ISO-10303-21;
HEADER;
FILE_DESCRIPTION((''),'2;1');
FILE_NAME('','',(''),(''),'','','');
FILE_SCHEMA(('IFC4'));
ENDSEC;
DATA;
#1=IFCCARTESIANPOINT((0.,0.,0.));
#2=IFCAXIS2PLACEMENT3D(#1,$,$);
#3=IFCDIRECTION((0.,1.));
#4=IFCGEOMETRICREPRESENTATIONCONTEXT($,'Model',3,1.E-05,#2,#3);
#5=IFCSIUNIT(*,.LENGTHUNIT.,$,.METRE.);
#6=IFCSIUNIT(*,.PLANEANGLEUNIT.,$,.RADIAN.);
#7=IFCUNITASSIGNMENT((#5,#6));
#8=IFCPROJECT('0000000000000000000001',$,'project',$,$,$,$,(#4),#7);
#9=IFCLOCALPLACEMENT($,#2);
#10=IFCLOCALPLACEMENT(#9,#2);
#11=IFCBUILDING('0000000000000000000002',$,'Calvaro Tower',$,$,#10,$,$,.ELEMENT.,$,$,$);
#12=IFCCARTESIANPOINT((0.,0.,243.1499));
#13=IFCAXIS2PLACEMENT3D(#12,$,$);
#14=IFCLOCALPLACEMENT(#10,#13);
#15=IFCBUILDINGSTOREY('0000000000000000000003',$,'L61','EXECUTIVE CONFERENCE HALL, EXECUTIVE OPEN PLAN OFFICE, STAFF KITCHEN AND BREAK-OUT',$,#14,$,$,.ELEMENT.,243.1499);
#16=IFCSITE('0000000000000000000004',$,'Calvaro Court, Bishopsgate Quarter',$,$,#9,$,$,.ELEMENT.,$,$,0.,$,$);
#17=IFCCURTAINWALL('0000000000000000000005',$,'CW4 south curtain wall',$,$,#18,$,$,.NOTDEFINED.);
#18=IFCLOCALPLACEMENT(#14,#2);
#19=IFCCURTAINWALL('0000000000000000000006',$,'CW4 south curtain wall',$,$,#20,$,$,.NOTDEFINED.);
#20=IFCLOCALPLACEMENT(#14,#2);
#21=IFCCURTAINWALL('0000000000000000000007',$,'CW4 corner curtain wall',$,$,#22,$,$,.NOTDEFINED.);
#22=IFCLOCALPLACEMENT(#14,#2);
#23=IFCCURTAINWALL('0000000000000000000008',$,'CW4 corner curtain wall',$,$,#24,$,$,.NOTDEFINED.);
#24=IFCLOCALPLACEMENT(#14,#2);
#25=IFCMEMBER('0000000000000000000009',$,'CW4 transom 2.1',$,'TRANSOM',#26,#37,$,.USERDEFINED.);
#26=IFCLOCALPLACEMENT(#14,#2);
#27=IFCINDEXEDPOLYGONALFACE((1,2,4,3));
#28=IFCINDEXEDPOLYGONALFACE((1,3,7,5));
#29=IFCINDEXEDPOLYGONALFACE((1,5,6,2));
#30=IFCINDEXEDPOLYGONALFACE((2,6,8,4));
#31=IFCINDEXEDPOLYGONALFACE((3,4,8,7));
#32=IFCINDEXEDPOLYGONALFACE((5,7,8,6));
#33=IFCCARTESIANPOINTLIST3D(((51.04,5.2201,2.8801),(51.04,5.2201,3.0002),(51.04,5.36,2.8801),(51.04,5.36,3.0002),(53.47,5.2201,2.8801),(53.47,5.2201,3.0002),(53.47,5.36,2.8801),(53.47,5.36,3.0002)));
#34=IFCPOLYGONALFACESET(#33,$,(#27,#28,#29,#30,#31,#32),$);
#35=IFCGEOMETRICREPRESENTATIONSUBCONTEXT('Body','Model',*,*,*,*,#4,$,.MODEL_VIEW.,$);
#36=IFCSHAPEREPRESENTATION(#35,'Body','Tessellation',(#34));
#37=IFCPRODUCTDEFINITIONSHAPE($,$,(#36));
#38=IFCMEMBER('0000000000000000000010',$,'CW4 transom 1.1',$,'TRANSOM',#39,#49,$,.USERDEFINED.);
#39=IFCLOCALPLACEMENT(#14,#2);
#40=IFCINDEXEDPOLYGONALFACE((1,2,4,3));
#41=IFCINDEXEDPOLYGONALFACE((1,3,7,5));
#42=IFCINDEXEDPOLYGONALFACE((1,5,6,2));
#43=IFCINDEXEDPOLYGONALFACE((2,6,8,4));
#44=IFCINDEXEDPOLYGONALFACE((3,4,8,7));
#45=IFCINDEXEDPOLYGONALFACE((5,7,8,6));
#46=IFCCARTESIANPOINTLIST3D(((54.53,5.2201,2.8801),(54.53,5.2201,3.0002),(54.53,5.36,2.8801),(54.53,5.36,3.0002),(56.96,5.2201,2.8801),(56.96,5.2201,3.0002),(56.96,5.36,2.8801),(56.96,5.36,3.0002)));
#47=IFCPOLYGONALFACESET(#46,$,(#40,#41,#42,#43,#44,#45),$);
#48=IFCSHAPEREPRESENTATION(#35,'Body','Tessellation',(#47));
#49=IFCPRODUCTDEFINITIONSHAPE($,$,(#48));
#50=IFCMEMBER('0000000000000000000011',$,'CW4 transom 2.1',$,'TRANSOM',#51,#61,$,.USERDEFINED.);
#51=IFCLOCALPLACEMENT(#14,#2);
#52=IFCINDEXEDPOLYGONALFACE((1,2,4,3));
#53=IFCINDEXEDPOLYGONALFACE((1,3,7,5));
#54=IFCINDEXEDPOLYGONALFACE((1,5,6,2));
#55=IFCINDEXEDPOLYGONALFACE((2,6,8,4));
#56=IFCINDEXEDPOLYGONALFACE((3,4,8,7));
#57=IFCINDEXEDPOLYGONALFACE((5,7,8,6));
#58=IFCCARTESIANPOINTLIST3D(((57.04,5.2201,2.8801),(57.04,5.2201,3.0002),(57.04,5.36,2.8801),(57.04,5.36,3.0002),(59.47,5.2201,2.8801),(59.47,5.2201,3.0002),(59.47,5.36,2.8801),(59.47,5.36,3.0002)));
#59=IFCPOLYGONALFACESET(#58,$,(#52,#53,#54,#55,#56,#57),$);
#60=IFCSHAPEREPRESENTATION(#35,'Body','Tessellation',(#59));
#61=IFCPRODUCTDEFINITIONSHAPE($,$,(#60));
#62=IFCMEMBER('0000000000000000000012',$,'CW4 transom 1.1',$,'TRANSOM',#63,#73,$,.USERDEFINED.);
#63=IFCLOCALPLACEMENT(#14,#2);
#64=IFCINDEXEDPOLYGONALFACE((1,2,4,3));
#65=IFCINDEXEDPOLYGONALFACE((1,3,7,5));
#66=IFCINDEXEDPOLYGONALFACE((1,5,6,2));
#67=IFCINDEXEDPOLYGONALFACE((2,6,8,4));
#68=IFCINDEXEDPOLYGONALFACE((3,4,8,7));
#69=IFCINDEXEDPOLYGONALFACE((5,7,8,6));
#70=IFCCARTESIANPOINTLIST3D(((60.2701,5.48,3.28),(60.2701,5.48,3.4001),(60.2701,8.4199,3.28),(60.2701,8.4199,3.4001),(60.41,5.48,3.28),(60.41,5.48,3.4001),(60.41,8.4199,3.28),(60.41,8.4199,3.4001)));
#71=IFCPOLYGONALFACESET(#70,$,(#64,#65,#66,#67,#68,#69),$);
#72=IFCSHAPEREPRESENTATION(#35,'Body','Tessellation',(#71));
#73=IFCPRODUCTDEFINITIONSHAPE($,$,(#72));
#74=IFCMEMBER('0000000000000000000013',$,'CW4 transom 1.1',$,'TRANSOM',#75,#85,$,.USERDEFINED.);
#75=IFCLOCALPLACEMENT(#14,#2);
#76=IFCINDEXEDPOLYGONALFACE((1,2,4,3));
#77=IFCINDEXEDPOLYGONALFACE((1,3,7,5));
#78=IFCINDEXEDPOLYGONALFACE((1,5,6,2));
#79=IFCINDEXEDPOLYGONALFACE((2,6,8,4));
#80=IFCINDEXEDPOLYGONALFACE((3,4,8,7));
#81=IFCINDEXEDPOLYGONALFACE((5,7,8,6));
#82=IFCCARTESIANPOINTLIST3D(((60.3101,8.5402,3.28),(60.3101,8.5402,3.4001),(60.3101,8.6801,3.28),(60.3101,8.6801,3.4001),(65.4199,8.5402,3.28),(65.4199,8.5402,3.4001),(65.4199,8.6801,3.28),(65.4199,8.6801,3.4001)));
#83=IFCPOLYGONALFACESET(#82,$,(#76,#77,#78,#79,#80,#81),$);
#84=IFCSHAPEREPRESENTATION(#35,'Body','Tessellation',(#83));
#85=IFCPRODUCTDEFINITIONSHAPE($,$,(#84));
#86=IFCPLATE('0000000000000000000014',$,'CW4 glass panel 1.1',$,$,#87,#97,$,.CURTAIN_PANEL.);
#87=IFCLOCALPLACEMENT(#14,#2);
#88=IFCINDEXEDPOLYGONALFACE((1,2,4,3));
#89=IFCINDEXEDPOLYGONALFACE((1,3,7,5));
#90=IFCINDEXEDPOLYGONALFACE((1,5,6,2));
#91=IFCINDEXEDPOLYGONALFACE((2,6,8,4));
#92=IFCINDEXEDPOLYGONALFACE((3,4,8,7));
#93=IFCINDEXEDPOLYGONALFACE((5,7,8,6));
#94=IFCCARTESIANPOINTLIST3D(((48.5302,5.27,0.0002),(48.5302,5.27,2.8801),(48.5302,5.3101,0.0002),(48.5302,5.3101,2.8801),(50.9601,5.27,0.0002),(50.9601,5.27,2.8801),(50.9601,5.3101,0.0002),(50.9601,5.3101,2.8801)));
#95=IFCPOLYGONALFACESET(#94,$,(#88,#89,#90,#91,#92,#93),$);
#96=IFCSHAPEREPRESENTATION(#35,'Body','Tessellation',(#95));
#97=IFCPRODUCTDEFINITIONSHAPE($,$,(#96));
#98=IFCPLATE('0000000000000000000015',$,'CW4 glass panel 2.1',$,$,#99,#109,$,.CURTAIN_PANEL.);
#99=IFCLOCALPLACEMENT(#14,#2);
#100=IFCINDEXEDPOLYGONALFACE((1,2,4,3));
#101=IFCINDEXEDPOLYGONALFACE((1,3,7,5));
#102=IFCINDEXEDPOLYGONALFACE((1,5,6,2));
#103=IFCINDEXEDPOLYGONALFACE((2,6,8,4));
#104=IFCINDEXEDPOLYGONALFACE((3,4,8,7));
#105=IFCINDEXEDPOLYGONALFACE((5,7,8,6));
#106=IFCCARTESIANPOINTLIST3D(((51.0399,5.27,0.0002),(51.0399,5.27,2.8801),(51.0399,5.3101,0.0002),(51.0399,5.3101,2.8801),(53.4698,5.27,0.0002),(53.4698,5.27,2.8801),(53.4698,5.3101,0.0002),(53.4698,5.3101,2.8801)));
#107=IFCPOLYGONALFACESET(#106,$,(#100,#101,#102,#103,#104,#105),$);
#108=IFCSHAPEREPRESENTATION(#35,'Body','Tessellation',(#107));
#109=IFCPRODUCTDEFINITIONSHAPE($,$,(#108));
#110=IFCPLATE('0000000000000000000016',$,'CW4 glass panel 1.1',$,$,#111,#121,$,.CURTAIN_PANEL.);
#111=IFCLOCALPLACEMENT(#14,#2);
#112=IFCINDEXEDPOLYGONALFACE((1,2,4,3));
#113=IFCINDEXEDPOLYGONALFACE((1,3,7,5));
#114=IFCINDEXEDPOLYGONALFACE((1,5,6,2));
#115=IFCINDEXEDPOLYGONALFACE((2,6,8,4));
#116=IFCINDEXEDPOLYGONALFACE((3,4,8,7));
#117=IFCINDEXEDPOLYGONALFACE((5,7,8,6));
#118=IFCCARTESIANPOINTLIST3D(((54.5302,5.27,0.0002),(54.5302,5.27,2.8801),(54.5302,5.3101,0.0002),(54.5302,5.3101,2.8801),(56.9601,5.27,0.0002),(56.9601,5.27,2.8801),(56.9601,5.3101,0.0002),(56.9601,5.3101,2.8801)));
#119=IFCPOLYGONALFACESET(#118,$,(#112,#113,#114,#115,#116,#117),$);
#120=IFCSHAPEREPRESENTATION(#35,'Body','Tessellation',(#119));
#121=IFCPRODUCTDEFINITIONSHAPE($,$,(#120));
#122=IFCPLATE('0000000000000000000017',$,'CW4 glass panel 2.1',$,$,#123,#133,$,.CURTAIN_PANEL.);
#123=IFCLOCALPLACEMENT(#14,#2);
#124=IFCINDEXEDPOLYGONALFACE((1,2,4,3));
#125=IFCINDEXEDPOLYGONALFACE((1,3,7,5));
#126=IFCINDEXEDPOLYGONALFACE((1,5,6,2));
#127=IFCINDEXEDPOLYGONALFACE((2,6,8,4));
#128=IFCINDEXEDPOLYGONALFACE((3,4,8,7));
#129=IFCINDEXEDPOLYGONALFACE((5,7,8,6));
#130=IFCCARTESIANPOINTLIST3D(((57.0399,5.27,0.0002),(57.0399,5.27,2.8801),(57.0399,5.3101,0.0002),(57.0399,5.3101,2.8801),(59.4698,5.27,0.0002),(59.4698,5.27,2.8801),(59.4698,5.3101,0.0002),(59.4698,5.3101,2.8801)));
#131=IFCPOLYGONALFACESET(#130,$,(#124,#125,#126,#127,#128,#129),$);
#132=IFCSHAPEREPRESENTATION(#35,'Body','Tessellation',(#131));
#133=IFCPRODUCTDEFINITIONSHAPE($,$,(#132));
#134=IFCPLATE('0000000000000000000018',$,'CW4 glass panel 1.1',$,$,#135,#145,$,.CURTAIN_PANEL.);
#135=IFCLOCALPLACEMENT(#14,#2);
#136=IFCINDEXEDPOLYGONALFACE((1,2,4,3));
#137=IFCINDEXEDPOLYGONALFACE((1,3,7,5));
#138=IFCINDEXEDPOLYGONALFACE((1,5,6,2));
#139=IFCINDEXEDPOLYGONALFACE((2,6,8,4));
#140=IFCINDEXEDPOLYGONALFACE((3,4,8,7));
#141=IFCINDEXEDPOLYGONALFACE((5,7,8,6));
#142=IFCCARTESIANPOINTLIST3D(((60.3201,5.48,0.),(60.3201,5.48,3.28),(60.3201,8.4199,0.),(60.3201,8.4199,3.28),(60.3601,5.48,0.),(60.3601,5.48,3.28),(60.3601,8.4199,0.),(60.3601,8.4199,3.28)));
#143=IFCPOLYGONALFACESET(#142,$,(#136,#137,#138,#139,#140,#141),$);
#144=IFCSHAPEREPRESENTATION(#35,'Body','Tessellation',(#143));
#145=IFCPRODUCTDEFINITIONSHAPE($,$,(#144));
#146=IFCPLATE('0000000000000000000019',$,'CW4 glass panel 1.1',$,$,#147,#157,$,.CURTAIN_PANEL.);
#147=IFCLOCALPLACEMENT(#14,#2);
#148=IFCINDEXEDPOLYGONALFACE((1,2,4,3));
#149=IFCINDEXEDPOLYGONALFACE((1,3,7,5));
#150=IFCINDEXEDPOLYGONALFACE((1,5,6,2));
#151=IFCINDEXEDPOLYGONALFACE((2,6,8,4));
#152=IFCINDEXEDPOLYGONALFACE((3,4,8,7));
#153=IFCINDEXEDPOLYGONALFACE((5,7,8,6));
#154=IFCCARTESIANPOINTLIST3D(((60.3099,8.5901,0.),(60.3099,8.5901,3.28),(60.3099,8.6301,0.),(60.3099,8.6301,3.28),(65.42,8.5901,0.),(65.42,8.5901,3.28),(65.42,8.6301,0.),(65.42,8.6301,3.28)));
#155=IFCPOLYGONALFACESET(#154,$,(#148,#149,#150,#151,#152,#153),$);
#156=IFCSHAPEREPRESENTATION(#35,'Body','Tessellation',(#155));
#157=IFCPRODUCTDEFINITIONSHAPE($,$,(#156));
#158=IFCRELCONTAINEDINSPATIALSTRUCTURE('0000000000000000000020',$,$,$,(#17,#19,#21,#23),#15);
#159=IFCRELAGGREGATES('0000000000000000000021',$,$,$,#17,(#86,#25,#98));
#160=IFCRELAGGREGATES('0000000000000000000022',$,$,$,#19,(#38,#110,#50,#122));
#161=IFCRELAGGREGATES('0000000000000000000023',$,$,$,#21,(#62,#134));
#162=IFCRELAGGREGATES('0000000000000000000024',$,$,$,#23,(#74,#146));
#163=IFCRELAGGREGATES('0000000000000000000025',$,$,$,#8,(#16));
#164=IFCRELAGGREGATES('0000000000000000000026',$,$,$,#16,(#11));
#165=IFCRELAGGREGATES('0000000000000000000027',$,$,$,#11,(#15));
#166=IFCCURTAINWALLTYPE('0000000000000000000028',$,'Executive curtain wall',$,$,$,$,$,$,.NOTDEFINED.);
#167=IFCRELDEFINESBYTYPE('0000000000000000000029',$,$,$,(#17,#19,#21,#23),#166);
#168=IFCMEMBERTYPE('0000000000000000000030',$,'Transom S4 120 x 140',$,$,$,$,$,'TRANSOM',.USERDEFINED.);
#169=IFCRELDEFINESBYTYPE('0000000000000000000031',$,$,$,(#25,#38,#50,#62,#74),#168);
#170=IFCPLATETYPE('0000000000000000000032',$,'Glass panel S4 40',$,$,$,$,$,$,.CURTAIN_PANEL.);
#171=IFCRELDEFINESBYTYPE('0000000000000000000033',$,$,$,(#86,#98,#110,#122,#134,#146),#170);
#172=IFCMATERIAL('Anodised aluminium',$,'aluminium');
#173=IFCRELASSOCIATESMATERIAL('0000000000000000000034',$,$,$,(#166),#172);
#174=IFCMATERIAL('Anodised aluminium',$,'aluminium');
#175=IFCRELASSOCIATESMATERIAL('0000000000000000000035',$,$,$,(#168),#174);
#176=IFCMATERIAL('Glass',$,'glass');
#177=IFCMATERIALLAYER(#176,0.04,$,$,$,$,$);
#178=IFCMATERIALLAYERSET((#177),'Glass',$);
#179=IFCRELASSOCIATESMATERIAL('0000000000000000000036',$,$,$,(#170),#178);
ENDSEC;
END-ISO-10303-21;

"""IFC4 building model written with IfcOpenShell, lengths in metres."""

from ifc_helpers import new_model, si_unit, direction, frame, origin, origin_2d, place, context, subcontext, project, spatial, rectangle, extrude, material, layer, layer_set, material_profile, profile_set, type_object, element, aggregate, save


model = new_model("IFC4")

# Units and contexts
model_context = context("Model", 3, precision=1e-05, world=origin(), true_north=direction((0.0, 1.0)))
body_context = subcontext(model_context, "Body", "Model", "MODEL_VIEW")
ifc_project = project(units=[si_unit("LENGTHUNIT", "METRE"), si_unit("PLANEANGLEUNIT", "RADIAN")], contexts=[model_context])

# Site, building, storey
site_placement = place(None, origin())
site = spatial("IfcSite", under=ifc_project, at=site_placement, Name="Calvaro Court, Bishopsgate Quarter", CompositionType="ELEMENT", RefElevation=0.0)
building_placement = place(site_placement, origin())
building = spatial("IfcBuilding", under=site, at=building_placement, Name="Calvaro Tower", CompositionType="ELEMENT")
storey_placement = place(building_placement, frame((0.0, 0.0, 243.1499)))
storey = spatial("IfcBuildingStorey", under=building, at=storey_placement, Name="L61", Description="EXECUTIVE CONFERENCE HALL, EXECUTIVE OPEN PLAN OFFICE, STAFF KITCHEN AND BREAK-OUT", CompositionType="ELEMENT", Elevation=243.1499)

# Curtain walls
ifc_material_1 = material(Name="Anodised aluminium", Category="aluminium")
curtain_wall_type = type_object("IfcCurtainWallType", Name="Executive curtain wall", PredefinedType="NOTDEFINED", material=ifc_material_1)
curtain_wall_1_placement = place(storey_placement, origin())
curtain_wall_1 = element("IfcCurtainWall", 1, at=curtain_wall_1_placement, inside=storey, type_object=curtain_wall_type, Name="CW4 south curtain wall", PredefinedType="NOTDEFINED")
curtain_wall_2_placement = place(storey_placement, origin())
curtain_wall_2 = element("IfcCurtainWall", 2, at=curtain_wall_2_placement, inside=storey, type_object=curtain_wall_type, Name="CW4 south curtain wall", PredefinedType="NOTDEFINED")
curtain_wall_3_placement = place(storey_placement, origin())
curtain_wall_3 = element("IfcCurtainWall", 3, at=curtain_wall_3_placement, inside=storey, type_object=curtain_wall_type, Name="CW4 corner curtain wall", PredefinedType="NOTDEFINED")
curtain_wall_4_placement = place(storey_placement, origin())
curtain_wall_4 = element("IfcCurtainWall", 4, at=curtain_wall_4_placement, inside=storey, type_object=curtain_wall_type, Name="CW4 corner curtain wall", PredefinedType="NOTDEFINED")

# Members
ifc_material_2 = material(Name="Anodised aluminium", Category="aluminium")
ifc_material_profile_1 = material_profile(ifc_material_2, rectangle(XDim=0.1399, YDim=0.1201, at=origin_2d()), Name="Transom S4 120 x 140")
ifc_profile_set_1 = profile_set([ifc_material_profile_1], Name="Anodised aluminium")
member_type_1 = type_object("IfcMemberType", Name="Transom S4 120 x 140", ElementType="TRANSOM", PredefinedType="USERDEFINED", material=ifc_profile_set_1)
member_1_placement = place(storey_placement, frame((51.04, 5.29, 2.9402), z_axis=(1.0, 0.0, 0.0), x_axis=(0.0, 1.0, 0.0)))
member_1 = element("IfcMember", 5, at=member_1_placement, type_object=member_type_1, Name="CW4 transom 2.1", ObjectType="TRANSOM", PredefinedType="USERDEFINED", context=body_context, shape_type="SweptSolid", body=[
    extrude(rectangle(XDim=0.1399, YDim=0.1201, at=origin_2d()), origin(), (0.0, 0.0, 1.0), 2.4299),
])
member_2_placement = place(storey_placement, frame((54.53, 5.29, 2.9402), z_axis=(1.0, 0.0, 0.0), x_axis=(0.0, 1.0, 0.0)))
member_2 = element("IfcMember", 6, at=member_2_placement, type_object=member_type_1, Name="CW4 transom 1.1", ObjectType="TRANSOM", PredefinedType="USERDEFINED", context=body_context, shape_type="SweptSolid", body=[
    extrude(rectangle(XDim=0.1399, YDim=0.1201, at=origin_2d()), origin(), (0.0, 0.0, 1.0), 2.4299),
])
member_3_placement = place(storey_placement, frame((57.04, 5.29, 2.9402), z_axis=(1.0, 0.0, 0.0), x_axis=(0.0, 1.0, 0.0)))
member_3 = element("IfcMember", 7, at=member_3_placement, type_object=member_type_1, Name="CW4 transom 2.1", ObjectType="TRANSOM", PredefinedType="USERDEFINED", context=body_context, shape_type="SweptSolid", body=[
    extrude(rectangle(XDim=0.1399, YDim=0.1201, at=origin_2d()), origin(), (0.0, 0.0, 1.0), 2.4299),
])
member_4_placement = place(storey_placement, frame((60.3401, 5.48, 3.3401), z_axis=(0.0, 1.0, 0.0), x_axis=(-1.0, 0.0, 0.0)))
member_4 = element("IfcMember", 8, at=member_4_placement, type_object=member_type_1, Name="CW4 transom 1.1", ObjectType="TRANSOM", PredefinedType="USERDEFINED", context=body_context, shape_type="SweptSolid", body=[
    extrude(rectangle(XDim=0.1399, YDim=0.1201, at=origin_2d()), origin(), (0.0, 0.0, 1.0), 2.9399),
])
member_5_placement = place(storey_placement, frame((60.3101, 8.6101, 3.3401), z_axis=(1.0, 0.0, 0.0), x_axis=(0.0, 1.0, 0.0)))
member_5 = element("IfcMember", 9, at=member_5_placement, type_object=member_type_1, Name="CW4 transom 1.1", ObjectType="TRANSOM", PredefinedType="USERDEFINED", context=body_context, shape_type="SweptSolid", body=[
    extrude(rectangle(XDim=0.1399, YDim=0.1201, at=origin_2d()), origin(), (0.0, 0.0, 1.0), 5.1099),
])

# Plates
ifc_material_3 = material(Name="Glass", Category="glass")
ifc_layer_1 = layer(ifc_material_3, 0.04)
ifc_layer_set_1 = layer_set([ifc_layer_1], Name="Glass")
plate_type = type_object("IfcPlateType", Name="Glass panel S4 40", PredefinedType="CURTAIN_PANEL", material=ifc_layer_set_1)
plate_1_placement = place(storey_placement, frame((49.7451, 5.29, 0.0002), z_axis=(0.0, 0.0, 1.0), x_axis=(1.0, 0.0, 0.0)))
plate_1 = element("IfcPlate", 10, at=plate_1_placement, type_object=plate_type, Name="CW4 glass panel 1.1", PredefinedType="CURTAIN_PANEL", context=body_context, shape_type="SweptSolid", body=[
    extrude(rectangle(XDim=2.4299, YDim=0.04, at=origin_2d()), origin(), (0.0, 0.0, 1.0), 2.8799),
])
plate_2_placement = place(storey_placement, frame((52.2549, 5.29, 0.0002), z_axis=(0.0, 0.0, 1.0), x_axis=(1.0, 0.0, 0.0)))
plate_2 = element("IfcPlate", 11, at=plate_2_placement, type_object=plate_type, Name="CW4 glass panel 2.1", PredefinedType="CURTAIN_PANEL", context=body_context, shape_type="SweptSolid", body=[
    extrude(rectangle(XDim=2.4299, YDim=0.04, at=origin_2d()), origin(), (0.0, 0.0, 1.0), 2.8799),
])
aggregate(curtain_wall_1, [plate_1, member_1, plate_2])
plate_3_placement = place(storey_placement, frame((55.7451, 5.29, 0.0002), z_axis=(0.0, 0.0, 1.0), x_axis=(1.0, 0.0, 0.0)))
plate_3 = element("IfcPlate", 12, at=plate_3_placement, type_object=plate_type, Name="CW4 glass panel 1.1", PredefinedType="CURTAIN_PANEL", context=body_context, shape_type="SweptSolid", body=[
    extrude(rectangle(XDim=2.4299, YDim=0.04, at=origin_2d()), origin(), (0.0, 0.0, 1.0), 2.8799),
])
plate_4_placement = place(storey_placement, frame((58.2549, 5.29, 0.0002), z_axis=(0.0, 0.0, 1.0), x_axis=(1.0, 0.0, 0.0)))
plate_4 = element("IfcPlate", 13, at=plate_4_placement, type_object=plate_type, Name="CW4 glass panel 2.1", PredefinedType="CURTAIN_PANEL", context=body_context, shape_type="SweptSolid", body=[
    extrude(rectangle(XDim=2.4299, YDim=0.04, at=origin_2d()), origin(), (0.0, 0.0, 1.0), 2.8799),
])
aggregate(curtain_wall_2, [member_2, plate_3, member_3, plate_4])
plate_5_placement = place(storey_placement, frame((60.3401, 6.95, 0.0), z_axis=(0.0, 0.0, 1.0), x_axis=(0.0, 1.0, 0.0)))
plate_5 = element("IfcPlate", 14, at=plate_5_placement, type_object=plate_type, Name="CW4 glass panel 1.1", PredefinedType="CURTAIN_PANEL", context=body_context, shape_type="SweptSolid", body=[
    extrude(rectangle(XDim=2.9399, YDim=0.04, at=origin_2d()), origin(), (0.0, 0.0, 1.0), 3.28),
])
aggregate(curtain_wall_3, [member_4, plate_5])
plate_6_placement = place(storey_placement, frame((62.865, 8.6101, 0.0), z_axis=(0.0, 0.0, 1.0), x_axis=(1.0, 0.0, 0.0)))
plate_6 = element("IfcPlate", 15, at=plate_6_placement, type_object=plate_type, Name="CW4 glass panel 1.1", PredefinedType="CURTAIN_PANEL", context=body_context, shape_type="SweptSolid", body=[
    extrude(rectangle(XDim=5.1101, YDim=0.04, at=origin_2d()), origin(), (0.0, 0.0, 1.0), 3.28),
])
aggregate(curtain_wall_4, [member_5, plate_6])

save(model, "model.ifc")
